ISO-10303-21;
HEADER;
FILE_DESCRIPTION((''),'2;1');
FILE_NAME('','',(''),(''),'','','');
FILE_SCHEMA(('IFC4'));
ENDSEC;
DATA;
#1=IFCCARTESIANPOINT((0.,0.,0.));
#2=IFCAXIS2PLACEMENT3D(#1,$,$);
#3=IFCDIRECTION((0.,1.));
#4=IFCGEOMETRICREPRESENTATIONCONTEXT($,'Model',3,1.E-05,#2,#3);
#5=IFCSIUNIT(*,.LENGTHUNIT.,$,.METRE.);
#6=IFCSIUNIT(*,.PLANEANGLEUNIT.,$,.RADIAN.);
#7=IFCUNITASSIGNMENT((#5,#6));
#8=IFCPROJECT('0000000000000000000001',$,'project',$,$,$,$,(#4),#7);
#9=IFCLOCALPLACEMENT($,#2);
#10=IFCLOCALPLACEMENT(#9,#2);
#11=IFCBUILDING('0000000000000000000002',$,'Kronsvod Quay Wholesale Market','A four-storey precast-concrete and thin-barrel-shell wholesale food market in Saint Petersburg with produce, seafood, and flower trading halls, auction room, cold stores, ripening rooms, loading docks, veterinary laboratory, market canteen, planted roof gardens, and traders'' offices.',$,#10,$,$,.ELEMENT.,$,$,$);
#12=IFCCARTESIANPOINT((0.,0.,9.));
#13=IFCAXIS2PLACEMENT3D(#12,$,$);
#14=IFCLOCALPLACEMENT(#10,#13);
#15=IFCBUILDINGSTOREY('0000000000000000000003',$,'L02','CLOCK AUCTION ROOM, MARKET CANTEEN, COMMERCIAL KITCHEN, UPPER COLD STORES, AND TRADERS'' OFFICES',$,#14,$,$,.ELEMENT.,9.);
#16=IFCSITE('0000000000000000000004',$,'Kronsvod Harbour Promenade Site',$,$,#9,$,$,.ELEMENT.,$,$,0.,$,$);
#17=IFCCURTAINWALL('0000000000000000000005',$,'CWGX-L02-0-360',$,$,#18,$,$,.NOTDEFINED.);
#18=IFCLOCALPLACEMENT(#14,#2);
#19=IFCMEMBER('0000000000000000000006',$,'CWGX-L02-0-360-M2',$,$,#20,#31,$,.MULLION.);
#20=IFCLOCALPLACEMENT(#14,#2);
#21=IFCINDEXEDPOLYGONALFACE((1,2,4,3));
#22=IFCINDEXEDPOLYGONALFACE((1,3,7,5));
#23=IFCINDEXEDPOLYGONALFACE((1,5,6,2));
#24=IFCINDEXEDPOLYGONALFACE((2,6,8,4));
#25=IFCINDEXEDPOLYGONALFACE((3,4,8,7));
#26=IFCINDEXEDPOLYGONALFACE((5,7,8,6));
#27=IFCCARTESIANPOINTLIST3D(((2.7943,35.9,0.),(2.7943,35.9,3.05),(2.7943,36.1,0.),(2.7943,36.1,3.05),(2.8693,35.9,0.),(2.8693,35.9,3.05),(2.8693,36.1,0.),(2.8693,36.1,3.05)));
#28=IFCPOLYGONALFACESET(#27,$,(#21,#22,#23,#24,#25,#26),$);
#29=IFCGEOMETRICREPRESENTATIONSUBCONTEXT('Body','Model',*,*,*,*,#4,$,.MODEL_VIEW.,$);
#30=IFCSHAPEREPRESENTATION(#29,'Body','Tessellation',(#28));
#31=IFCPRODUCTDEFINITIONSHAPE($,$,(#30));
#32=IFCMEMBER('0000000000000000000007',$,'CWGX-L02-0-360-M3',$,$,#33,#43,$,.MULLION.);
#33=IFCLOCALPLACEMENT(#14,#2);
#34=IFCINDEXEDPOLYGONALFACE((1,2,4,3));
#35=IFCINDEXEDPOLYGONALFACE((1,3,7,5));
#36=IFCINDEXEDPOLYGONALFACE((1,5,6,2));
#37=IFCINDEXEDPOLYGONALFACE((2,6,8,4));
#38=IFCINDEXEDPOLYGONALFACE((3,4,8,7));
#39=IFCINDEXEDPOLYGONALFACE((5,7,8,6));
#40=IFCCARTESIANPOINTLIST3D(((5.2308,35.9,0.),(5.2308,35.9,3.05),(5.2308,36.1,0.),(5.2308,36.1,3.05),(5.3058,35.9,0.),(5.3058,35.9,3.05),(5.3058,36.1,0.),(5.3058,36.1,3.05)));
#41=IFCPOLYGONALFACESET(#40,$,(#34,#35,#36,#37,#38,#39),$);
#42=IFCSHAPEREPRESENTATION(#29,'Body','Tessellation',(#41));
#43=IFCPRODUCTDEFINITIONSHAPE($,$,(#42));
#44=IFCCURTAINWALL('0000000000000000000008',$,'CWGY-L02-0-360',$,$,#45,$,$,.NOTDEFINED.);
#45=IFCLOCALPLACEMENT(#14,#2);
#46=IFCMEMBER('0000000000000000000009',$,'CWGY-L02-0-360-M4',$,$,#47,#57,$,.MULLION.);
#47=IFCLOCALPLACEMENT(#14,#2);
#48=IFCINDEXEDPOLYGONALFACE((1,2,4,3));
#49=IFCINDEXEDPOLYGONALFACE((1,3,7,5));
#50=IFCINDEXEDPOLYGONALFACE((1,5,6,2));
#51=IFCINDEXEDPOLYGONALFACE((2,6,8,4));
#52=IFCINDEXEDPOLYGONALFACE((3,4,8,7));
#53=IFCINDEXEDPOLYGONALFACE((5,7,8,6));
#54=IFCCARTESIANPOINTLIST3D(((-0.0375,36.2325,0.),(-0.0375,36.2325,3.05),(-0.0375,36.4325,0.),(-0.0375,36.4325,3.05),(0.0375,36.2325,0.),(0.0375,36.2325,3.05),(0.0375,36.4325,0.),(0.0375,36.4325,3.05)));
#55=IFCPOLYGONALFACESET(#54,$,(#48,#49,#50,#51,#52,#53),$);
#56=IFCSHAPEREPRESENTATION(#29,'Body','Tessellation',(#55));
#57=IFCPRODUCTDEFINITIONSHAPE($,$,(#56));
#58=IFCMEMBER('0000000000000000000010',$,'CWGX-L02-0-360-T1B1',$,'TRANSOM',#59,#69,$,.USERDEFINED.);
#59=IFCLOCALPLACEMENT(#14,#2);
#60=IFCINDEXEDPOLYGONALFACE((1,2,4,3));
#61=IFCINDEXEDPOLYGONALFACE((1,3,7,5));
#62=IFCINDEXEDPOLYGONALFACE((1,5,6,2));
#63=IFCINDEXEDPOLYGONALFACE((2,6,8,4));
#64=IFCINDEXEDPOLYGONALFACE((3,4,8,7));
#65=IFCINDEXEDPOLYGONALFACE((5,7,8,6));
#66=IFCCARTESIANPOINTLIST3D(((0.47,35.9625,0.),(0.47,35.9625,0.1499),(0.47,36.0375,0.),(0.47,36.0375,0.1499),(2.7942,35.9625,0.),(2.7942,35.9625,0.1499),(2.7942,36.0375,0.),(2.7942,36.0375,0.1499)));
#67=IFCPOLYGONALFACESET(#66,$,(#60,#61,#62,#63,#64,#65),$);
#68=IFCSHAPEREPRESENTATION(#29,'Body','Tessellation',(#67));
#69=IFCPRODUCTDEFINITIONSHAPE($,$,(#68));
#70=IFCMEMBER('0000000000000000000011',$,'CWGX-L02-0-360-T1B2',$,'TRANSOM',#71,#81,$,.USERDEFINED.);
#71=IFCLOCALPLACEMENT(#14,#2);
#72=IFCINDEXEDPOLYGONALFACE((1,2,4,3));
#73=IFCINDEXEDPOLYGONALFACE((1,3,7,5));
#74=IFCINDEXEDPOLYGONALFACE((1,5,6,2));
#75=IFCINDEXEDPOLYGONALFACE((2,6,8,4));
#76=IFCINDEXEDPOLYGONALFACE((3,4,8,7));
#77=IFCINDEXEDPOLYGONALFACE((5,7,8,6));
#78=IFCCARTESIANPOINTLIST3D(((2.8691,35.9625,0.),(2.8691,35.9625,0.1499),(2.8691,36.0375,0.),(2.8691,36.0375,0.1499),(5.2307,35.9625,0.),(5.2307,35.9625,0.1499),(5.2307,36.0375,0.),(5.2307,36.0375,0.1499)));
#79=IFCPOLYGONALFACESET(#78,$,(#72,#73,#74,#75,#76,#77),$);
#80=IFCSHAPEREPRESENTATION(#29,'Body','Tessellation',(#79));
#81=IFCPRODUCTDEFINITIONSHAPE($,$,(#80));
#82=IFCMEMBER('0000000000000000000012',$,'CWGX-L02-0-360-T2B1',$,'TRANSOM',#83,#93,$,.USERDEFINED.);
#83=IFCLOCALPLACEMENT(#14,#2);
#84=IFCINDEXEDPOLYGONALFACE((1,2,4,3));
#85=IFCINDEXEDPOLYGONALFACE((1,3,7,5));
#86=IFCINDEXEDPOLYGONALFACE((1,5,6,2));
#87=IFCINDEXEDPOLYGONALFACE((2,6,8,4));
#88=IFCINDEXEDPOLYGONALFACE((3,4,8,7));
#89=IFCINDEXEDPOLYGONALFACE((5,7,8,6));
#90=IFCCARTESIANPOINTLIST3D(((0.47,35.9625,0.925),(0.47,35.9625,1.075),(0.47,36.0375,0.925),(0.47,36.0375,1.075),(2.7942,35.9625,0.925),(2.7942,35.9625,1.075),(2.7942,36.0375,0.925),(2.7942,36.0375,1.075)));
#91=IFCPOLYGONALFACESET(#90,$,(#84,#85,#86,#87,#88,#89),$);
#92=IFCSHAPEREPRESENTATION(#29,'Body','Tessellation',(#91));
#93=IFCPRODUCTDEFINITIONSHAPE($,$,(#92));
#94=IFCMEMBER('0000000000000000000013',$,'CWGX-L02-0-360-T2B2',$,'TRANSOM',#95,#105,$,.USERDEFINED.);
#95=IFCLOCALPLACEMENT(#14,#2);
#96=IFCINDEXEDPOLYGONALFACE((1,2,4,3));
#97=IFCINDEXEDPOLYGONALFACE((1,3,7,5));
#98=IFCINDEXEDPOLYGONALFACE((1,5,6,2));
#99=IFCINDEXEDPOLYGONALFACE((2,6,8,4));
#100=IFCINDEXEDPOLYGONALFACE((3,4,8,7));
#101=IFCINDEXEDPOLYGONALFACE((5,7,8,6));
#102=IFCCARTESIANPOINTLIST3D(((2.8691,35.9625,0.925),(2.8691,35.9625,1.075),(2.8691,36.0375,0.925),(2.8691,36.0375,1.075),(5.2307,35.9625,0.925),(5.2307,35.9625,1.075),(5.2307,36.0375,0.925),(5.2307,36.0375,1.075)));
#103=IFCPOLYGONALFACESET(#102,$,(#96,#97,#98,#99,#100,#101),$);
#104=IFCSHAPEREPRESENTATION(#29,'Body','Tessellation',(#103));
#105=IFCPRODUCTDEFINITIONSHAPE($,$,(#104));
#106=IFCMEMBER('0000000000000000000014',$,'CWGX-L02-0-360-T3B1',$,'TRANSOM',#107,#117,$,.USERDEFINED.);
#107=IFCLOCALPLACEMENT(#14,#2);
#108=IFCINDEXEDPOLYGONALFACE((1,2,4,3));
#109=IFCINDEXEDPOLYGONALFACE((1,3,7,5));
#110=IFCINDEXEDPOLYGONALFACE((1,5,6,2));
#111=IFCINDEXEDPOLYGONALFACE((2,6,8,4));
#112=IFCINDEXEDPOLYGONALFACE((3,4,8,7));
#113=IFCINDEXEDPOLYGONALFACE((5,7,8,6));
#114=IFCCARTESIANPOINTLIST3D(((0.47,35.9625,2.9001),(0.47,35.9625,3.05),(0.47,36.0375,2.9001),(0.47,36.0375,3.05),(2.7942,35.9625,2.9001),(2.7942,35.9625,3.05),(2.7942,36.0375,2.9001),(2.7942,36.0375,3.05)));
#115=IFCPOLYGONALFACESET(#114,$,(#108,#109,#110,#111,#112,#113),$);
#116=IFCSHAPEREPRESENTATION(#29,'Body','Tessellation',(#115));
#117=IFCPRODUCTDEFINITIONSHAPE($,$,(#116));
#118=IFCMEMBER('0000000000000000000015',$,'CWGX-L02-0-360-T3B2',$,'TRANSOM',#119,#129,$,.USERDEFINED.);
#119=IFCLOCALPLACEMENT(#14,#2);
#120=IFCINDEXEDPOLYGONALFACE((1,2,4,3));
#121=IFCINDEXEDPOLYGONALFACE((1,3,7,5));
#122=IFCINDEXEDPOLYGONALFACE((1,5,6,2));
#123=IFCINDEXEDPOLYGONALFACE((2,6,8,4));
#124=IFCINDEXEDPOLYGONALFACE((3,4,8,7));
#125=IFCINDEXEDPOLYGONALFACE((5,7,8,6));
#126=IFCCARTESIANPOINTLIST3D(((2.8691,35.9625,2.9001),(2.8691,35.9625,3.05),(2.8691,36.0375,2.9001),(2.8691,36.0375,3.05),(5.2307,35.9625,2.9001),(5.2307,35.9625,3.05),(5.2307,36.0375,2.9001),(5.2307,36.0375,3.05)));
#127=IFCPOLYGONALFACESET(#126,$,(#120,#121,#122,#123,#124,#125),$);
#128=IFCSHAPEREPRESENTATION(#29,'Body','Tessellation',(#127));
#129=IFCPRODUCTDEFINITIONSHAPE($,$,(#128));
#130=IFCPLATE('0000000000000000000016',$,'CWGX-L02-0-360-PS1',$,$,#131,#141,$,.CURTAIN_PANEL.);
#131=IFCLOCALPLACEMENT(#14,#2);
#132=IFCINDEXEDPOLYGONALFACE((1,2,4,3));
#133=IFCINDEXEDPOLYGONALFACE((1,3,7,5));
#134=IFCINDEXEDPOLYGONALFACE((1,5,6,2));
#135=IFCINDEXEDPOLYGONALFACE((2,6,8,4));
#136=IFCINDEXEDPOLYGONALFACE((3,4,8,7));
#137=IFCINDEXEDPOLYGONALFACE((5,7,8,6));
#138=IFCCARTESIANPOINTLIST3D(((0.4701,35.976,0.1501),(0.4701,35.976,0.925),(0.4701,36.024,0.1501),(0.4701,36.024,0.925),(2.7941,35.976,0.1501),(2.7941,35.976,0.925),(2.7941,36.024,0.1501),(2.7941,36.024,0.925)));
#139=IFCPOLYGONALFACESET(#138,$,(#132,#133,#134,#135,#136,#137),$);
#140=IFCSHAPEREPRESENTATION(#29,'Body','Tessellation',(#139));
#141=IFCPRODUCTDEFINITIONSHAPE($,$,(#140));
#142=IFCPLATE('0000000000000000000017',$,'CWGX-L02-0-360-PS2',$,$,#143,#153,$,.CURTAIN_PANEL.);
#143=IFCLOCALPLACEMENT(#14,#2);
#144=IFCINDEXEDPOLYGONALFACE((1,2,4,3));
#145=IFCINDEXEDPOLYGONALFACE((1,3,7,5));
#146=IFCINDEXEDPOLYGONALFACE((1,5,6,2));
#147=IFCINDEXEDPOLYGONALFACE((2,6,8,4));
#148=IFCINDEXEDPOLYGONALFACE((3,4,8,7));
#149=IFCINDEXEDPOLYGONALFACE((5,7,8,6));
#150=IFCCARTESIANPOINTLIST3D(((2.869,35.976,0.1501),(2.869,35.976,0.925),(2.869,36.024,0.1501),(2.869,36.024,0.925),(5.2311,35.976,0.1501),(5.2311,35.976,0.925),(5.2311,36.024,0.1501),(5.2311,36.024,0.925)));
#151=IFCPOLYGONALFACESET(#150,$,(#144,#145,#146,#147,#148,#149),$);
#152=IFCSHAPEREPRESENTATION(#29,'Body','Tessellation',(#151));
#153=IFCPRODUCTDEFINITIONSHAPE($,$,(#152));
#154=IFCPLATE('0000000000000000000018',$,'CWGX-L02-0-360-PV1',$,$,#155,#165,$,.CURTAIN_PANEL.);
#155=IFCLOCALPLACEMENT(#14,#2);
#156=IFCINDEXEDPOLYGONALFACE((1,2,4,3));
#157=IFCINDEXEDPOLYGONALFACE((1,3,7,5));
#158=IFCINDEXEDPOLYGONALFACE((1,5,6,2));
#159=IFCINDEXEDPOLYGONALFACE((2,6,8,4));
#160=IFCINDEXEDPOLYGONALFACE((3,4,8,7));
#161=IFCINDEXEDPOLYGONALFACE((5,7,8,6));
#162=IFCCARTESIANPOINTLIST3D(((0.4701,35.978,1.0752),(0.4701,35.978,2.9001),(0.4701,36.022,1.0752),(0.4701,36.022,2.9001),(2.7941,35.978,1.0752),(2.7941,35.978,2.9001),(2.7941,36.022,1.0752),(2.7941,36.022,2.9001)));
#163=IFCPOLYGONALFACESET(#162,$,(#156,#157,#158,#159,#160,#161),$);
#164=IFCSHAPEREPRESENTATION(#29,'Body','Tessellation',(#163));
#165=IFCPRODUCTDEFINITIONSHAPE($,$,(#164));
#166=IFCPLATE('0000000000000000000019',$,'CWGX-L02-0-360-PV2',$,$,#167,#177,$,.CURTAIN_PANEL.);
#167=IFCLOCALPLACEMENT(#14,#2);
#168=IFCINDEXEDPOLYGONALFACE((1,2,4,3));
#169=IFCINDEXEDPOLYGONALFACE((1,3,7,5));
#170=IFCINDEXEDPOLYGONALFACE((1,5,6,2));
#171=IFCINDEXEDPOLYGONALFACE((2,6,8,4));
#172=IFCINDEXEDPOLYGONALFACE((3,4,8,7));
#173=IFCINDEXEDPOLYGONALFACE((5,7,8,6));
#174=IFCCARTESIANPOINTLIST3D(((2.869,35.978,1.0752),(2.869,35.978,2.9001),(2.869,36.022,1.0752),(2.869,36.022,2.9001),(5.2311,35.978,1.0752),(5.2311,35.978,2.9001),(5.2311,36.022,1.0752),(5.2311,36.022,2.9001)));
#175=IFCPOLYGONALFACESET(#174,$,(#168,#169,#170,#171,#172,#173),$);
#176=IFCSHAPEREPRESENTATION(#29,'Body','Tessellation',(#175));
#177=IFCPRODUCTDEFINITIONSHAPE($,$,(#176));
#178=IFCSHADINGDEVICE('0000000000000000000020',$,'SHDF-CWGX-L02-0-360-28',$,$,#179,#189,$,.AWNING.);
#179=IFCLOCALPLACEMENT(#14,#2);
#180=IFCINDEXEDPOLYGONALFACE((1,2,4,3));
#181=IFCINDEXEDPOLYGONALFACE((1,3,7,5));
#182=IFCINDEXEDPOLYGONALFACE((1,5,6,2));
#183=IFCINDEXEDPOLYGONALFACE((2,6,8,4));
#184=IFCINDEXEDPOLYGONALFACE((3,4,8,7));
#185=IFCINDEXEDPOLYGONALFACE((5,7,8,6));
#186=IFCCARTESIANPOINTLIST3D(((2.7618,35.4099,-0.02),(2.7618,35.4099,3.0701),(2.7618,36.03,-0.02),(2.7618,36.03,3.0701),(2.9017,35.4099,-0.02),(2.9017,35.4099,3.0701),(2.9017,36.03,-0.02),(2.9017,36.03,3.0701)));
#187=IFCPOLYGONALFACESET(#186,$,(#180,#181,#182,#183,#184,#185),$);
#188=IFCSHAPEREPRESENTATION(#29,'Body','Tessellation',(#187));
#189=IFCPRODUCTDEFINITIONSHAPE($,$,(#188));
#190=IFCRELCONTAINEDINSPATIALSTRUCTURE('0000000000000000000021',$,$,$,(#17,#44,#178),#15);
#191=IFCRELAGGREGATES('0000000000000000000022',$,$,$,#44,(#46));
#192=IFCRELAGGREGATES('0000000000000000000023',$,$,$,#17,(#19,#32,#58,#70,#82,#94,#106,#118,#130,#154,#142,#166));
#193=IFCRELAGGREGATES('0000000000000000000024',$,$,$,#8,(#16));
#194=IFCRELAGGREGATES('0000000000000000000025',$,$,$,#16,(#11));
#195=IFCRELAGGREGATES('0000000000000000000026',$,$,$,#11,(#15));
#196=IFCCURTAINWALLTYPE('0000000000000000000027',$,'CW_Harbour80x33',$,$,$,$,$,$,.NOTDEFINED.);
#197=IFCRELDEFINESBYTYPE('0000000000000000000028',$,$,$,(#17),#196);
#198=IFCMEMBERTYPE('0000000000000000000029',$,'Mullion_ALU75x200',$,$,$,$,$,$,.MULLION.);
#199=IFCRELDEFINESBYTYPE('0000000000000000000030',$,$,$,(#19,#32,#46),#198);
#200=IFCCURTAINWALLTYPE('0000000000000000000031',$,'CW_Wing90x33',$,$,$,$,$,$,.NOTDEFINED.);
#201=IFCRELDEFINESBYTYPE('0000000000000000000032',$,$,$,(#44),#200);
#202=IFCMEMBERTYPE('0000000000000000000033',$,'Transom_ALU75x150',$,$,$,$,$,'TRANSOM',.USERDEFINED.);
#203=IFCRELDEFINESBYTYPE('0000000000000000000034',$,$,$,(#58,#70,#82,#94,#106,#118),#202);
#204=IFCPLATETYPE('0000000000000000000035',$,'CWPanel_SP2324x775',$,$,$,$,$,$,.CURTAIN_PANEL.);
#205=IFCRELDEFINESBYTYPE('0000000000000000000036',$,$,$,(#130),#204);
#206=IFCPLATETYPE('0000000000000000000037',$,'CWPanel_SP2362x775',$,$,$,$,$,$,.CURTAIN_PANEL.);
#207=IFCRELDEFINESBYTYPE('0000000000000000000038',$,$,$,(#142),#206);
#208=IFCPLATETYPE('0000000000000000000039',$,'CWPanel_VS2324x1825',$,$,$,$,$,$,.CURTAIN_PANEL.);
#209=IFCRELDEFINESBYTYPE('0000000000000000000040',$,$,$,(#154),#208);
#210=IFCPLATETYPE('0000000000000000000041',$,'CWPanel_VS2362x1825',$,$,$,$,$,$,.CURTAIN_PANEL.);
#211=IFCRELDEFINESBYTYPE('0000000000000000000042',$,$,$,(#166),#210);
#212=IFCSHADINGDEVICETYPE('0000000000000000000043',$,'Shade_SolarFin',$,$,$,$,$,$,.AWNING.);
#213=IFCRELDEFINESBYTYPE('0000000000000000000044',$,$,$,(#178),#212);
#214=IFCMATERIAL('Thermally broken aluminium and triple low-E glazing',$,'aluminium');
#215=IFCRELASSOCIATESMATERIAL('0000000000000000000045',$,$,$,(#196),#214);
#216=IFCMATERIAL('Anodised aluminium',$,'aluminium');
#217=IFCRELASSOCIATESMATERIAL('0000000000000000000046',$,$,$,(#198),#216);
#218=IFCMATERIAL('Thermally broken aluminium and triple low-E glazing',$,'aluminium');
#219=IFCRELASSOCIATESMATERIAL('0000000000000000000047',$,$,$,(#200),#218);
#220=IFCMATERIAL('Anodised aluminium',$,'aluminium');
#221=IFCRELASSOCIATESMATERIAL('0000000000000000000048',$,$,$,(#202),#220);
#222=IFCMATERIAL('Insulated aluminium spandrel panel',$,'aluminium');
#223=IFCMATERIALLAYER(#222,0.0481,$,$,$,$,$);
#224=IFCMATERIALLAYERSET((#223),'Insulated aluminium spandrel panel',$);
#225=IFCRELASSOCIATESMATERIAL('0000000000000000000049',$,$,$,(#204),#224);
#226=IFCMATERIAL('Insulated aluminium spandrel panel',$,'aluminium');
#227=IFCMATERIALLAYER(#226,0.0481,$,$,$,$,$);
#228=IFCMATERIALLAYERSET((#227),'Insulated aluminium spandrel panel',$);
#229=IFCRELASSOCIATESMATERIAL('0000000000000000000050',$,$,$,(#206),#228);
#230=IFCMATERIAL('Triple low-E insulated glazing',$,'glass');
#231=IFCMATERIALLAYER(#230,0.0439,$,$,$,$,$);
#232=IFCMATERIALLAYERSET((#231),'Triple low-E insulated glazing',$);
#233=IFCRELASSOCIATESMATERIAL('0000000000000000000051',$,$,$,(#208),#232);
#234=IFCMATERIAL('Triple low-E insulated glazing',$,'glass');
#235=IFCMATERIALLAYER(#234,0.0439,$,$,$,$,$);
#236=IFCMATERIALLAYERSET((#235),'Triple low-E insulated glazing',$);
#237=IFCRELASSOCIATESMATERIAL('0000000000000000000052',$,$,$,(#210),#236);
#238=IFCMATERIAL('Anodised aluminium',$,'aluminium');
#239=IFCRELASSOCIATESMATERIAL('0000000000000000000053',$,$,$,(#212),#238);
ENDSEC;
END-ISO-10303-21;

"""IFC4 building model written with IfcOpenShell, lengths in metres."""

from ifc_helpers import new_model, si_unit, direction, frame, origin, origin_2d, place, context, subcontext, project, spatial, rectangle, extrude, material, layer, layer_set, material_profile, profile_set, type_object, element, aggregate, save


model = new_model("IFC4")

# Units and contexts
model_context = context("Model", 3, precision=1e-05, world=origin(), true_north=direction((0.0, 1.0)))
body_context = subcontext(model_context, "Body", "Model", "MODEL_VIEW")
ifc_project = project(units=[si_unit("LENGTHUNIT", "METRE"), si_unit("PLANEANGLEUNIT", "RADIAN")], contexts=[model_context])

# Site, building, storey
site_placement = place(None, origin())
site = spatial("IfcSite", under=ifc_project, at=site_placement, Name="Kronsvod Harbour Promenade Site", CompositionType="ELEMENT", RefElevation=0.0)
building_placement = place(site_placement, origin())
building = spatial("IfcBuilding", under=site, at=building_placement, Name="Kronsvod Quay Wholesale Market", Description="A four-storey precast-concrete and thin-barrel-shell wholesale food market in Saint Petersburg with produce, seafood, and flower trading halls, auction room, cold stores, ripening rooms, loading docks, veterinary laboratory, market canteen, planted roof gardens, and traders' offices.", CompositionType="ELEMENT")
storey_placement = place(building_placement, frame((0.0, 0.0, 9.0)))
storey = spatial("IfcBuildingStorey", under=building, at=storey_placement, Name="L02", Description="CLOCK AUCTION ROOM, MARKET CANTEEN, COMMERCIAL KITCHEN, UPPER COLD STORES, AND TRADERS' OFFICES", CompositionType="ELEMENT", Elevation=9.0)

# Curtain wall, members
ifc_material_1 = material(Name="Thermally broken aluminium and triple low-E glazing", Category="aluminium")
curtain_wall_type_1 = type_object("IfcCurtainWallType", Name="CW_Harbour80x33", PredefinedType="NOTDEFINED", material=ifc_material_1)
curtain_wall_1_placement = place(storey_placement, origin())
curtain_wall_1 = element("IfcCurtainWall", 1, at=curtain_wall_1_placement, inside=storey, type_object=curtain_wall_type_1, Name="CWGX-L02-0-360", PredefinedType="NOTDEFINED")
ifc_material_2 = material(Name="Anodised aluminium", Category="aluminium")
ifc_material_profile_1 = material_profile(ifc_material_2, rectangle(XDim=0.075, YDim=0.2, at=origin_2d()), Name="ALUM75x200")
ifc_profile_set_1 = profile_set([ifc_material_profile_1], Name="Anodised aluminium")
member_type_1 = type_object("IfcMemberType", Name="Mullion_ALU75x200", PredefinedType="MULLION", material=ifc_profile_set_1)
member_1_placement = place(storey_placement, frame((2.8318, 36.0, 0.0), z_axis=(0.0, 0.0, 1.0), x_axis=(1.0, 0.0, 0.0)))
member_1 = element("IfcMember", 2, at=member_1_placement, type_object=member_type_1, Name="CWGX-L02-0-360-M2", PredefinedType="MULLION", context=body_context, shape_type="SweptSolid", body=[
    extrude(rectangle(XDim=0.075, YDim=0.2, at=origin_2d()), origin(), (0.0, 0.0, 1.0), 3.05),
])
member_2_placement = place(storey_placement, frame((5.2683, 36.0, 0.0), z_axis=(0.0, 0.0, 1.0), x_axis=(1.0, 0.0, 0.0)))
member_2 = element("IfcMember", 3, at=member_2_placement, type_object=member_type_1, Name="CWGX-L02-0-360-M3", PredefinedType="MULLION", context=body_context, shape_type="SweptSolid", body=[
    extrude(rectangle(XDim=0.075, YDim=0.2, at=origin_2d()), origin(), (0.0, 0.0, 1.0), 3.05),
])

# Curtain wall, member
ifc_material_3 = material(Name="Thermally broken aluminium and triple low-E glazing", Category="aluminium")
curtain_wall_type_2 = type_object("IfcCurtainWallType", Name="CW_Wing90x33", PredefinedType="NOTDEFINED", material=ifc_material_3)
curtain_wall_2_placement = place(storey_placement, origin())
curtain_wall_2 = element("IfcCurtainWall", 4, at=curtain_wall_2_placement, inside=storey, type_object=curtain_wall_type_2, Name="CWGY-L02-0-360", PredefinedType="NOTDEFINED")
member_3_placement = place(storey_placement, frame((0.0, 36.3325, 0.0), z_axis=(0.0, 0.0, 1.0), x_axis=(1.0, 0.0, 0.0)))
member_3 = element("IfcMember", 5, at=member_3_placement, type_object=member_type_1, Name="CWGY-L02-0-360-M4", PredefinedType="MULLION", context=body_context, shape_type="SweptSolid", body=[
    extrude(rectangle(XDim=0.075, YDim=0.2, at=origin_2d()), origin(), (0.0, 0.0, 1.0), 3.05),
])
aggregate(curtain_wall_2, [member_3])

# Members
ifc_material_4 = material(Name="Anodised aluminium", Category="aluminium")
ifc_material_profile_2 = material_profile(ifc_material_4, rectangle(XDim=0.075, YDim=0.1499, at=origin_2d()), Name="ALUT75x150")
ifc_profile_set_2 = profile_set([ifc_material_profile_2], Name="Anodised aluminium")
member_type_2 = type_object("IfcMemberType", Name="Transom_ALU75x150", ElementType="TRANSOM", PredefinedType="USERDEFINED", material=ifc_profile_set_2)
member_4_placement = place(storey_placement, frame((0.47, 36.0, 0.075), z_axis=(1.0, 0.0, 0.0), x_axis=(0.0, 1.0, 0.0)))
member_4 = element("IfcMember", 6, at=member_4_placement, type_object=member_type_2, Name="CWGX-L02-0-360-T1B1", ObjectType="TRANSOM", PredefinedType="USERDEFINED", context=body_context, shape_type="SweptSolid", body=[
    extrude(rectangle(XDim=0.075, YDim=0.1499, at=origin_2d()), origin(), (0.0, 0.0, 1.0), 2.3242),
])
member_5_placement = place(storey_placement, frame((2.8691, 36.0, 0.075), z_axis=(1.0, 0.0, 0.0), x_axis=(0.0, 1.0, 0.0)))
member_5 = element("IfcMember", 7, at=member_5_placement, type_object=member_type_2, Name="CWGX-L02-0-360-T1B2", ObjectType="TRANSOM", PredefinedType="USERDEFINED", context=body_context, shape_type="SweptSolid", body=[
    extrude(rectangle(XDim=0.075, YDim=0.1499, at=origin_2d()), origin(), (0.0, 0.0, 1.0), 2.3616),
])
member_6_placement = place(storey_placement, frame((0.47, 36.0, 1.0), z_axis=(1.0, 0.0, 0.0), x_axis=(0.0, 1.0, 0.0)))
member_6 = element("IfcMember", 8, at=member_6_placement, type_object=member_type_2, Name="CWGX-L02-0-360-T2B1", ObjectType="TRANSOM", PredefinedType="USERDEFINED", context=body_context, shape_type="SweptSolid", body=[
    extrude(rectangle(XDim=0.075, YDim=0.1499, at=origin_2d()), origin(), (0.0, 0.0, 1.0), 2.3242),
])
member_7_placement = place(storey_placement, frame((2.8691, 36.0, 1.0), z_axis=(1.0, 0.0, 0.0), x_axis=(0.0, 1.0, 0.0)))
member_7 = element("IfcMember", 9, at=member_7_placement, type_object=member_type_2, Name="CWGX-L02-0-360-T2B2", ObjectType="TRANSOM", PredefinedType="USERDEFINED", context=body_context, shape_type="SweptSolid", body=[
    extrude(rectangle(XDim=0.075, YDim=0.1499, at=origin_2d()), origin(), (0.0, 0.0, 1.0), 2.3616),
])
member_8_placement = place(storey_placement, frame((0.47, 36.0, 2.9751), z_axis=(1.0, 0.0, 0.0), x_axis=(0.0, 1.0, 0.0)))
member_8 = element("IfcMember", 10, at=member_8_placement, type_object=member_type_2, Name="CWGX-L02-0-360-T3B1", ObjectType="TRANSOM", PredefinedType="USERDEFINED", context=body_context, shape_type="SweptSolid", body=[
    extrude(rectangle(XDim=0.075, YDim=0.1499, at=origin_2d()), origin(), (0.0, 0.0, 1.0), 2.3242),
])
member_9_placement = place(storey_placement, frame((2.8691, 36.0, 2.9751), z_axis=(1.0, 0.0, 0.0), x_axis=(0.0, 1.0, 0.0)))
member_9 = element("IfcMember", 11, at=member_9_placement, type_object=member_type_2, Name="CWGX-L02-0-360-T3B2", ObjectType="TRANSOM", PredefinedType="USERDEFINED", context=body_context, shape_type="SweptSolid", body=[
    extrude(rectangle(XDim=0.075, YDim=0.1499, at=origin_2d()), origin(), (0.0, 0.0, 1.0), 2.3616),
])

# Plates
ifc_material_5 = material(Name="Insulated aluminium spandrel panel", Category="aluminium")
ifc_layer_1 = layer(ifc_material_5, 0.0481)
ifc_layer_set_1 = layer_set([ifc_layer_1], Name="Insulated aluminium spandrel panel")
plate_type_1 = type_object("IfcPlateType", Name="CWPanel_SP2324x775", PredefinedType="CURTAIN_PANEL", material=ifc_layer_set_1)
plate_1_placement = place(storey_placement, frame((1.6321, 36.0, 0.1501), z_axis=(0.0, 0.0, 1.0), x_axis=(1.0, 0.0, 0.0)))
plate_1 = element("IfcPlate", 12, at=plate_1_placement, type_object=plate_type_1, Name="CWGX-L02-0-360-PS1", PredefinedType="CURTAIN_PANEL", context=body_context, shape_type="SweptSolid", body=[
    extrude(rectangle(XDim=2.324, YDim=0.0481, at=origin_2d()), origin(), (0.0, 0.0, 1.0), 0.7749),
])
ifc_material_6 = material(Name="Insulated aluminium spandrel panel", Category="aluminium")
ifc_layer_2 = layer(ifc_material_6, 0.0481)
ifc_layer_set_2 = layer_set([ifc_layer_2], Name="Insulated aluminium spandrel panel")
plate_type_2 = type_object("IfcPlateType", Name="CWPanel_SP2362x775", PredefinedType="CURTAIN_PANEL", material=ifc_layer_set_2)
plate_2_placement = place(storey_placement, frame((4.05, 36.0, 0.1501), z_axis=(0.0, 0.0, 1.0), x_axis=(1.0, 0.0, 0.0)))
plate_2 = element("IfcPlate", 13, at=plate_2_placement, type_object=plate_type_2, Name="CWGX-L02-0-360-PS2", PredefinedType="CURTAIN_PANEL", context=body_context, shape_type="SweptSolid", body=[
    extrude(rectangle(XDim=2.3621, YDim=0.0481, at=origin_2d()), origin(), (0.0, 0.0, 1.0), 0.7749),
])
ifc_material_7 = material(Name="Triple low-E insulated glazing", Category="glass")
ifc_layer_3 = layer(ifc_material_7, 0.0439)
ifc_layer_set_3 = layer_set([ifc_layer_3], Name="Triple low-E insulated glazing")
plate_type_3 = type_object("IfcPlateType", Name="CWPanel_VS2324x1825", PredefinedType="CURTAIN_PANEL", material=ifc_layer_set_3)
plate_3_placement = place(storey_placement, frame((1.6321, 36.0, 1.0752), z_axis=(0.0, 0.0, 1.0), x_axis=(1.0, 0.0, 0.0)))
plate_3 = element("IfcPlate", 14, at=plate_3_placement, type_object=plate_type_3, Name="CWGX-L02-0-360-PV1", PredefinedType="CURTAIN_PANEL", context=body_context, shape_type="SweptSolid", body=[
    extrude(rectangle(XDim=2.324, YDim=0.0439, at=origin_2d()), origin(), (0.0, 0.0, 1.0), 1.825),
])
ifc_material_8 = material(Name="Triple low-E insulated glazing", Category="glass")
ifc_layer_4 = layer(ifc_material_8, 0.0439)
ifc_layer_set_4 = layer_set([ifc_layer_4], Name="Triple low-E insulated glazing")
plate_type_4 = type_object("IfcPlateType", Name="CWPanel_VS2362x1825", PredefinedType="CURTAIN_PANEL", material=ifc_layer_set_4)
plate_4_placement = place(storey_placement, frame((4.05, 36.0, 1.0752), z_axis=(0.0, 0.0, 1.0), x_axis=(1.0, 0.0, 0.0)))
plate_4 = element("IfcPlate", 15, at=plate_4_placement, type_object=plate_type_4, Name="CWGX-L02-0-360-PV2", PredefinedType="CURTAIN_PANEL", context=body_context, shape_type="SweptSolid", body=[
    extrude(rectangle(XDim=2.3621, YDim=0.0439, at=origin_2d()), origin(), (0.0, 0.0, 1.0), 1.825),
])
aggregate(curtain_wall_1, [member_1, member_2, member_4, member_5, member_6, member_7, member_8, member_9, plate_1, plate_3, plate_2, plate_4])

# Shading device
ifc_material_9 = material(Name="Anodised aluminium", Category="aluminium")
shading_device_type_1 = type_object("IfcShadingDeviceType", Name="Shade_SolarFin", PredefinedType="AWNING", material=ifc_material_9)
for number, where, z_axis, x_axis, name in (
    (16, (2.8318, 35.72, -0.02), (0.0, 0.0, 1.0), (1.0, 0.0, 0.0), "SHDF-CWGX-L02-0-360-28"),
):
    element("IfcShadingDevice", number, at=place(storey_placement, frame(where, z_axis=z_axis, x_axis=x_axis)), inside=storey, type_object=shading_device_type_1, Name=name, PredefinedType="AWNING", context=body_context, shape_type="SweptSolid", body=[
        extrude(rectangle(XDim=0.1399, YDim=0.6201, at=origin_2d()), origin(), (0.0, 0.0, 1.0), 3.0901),
    ])

save(model, "model.ifc")
